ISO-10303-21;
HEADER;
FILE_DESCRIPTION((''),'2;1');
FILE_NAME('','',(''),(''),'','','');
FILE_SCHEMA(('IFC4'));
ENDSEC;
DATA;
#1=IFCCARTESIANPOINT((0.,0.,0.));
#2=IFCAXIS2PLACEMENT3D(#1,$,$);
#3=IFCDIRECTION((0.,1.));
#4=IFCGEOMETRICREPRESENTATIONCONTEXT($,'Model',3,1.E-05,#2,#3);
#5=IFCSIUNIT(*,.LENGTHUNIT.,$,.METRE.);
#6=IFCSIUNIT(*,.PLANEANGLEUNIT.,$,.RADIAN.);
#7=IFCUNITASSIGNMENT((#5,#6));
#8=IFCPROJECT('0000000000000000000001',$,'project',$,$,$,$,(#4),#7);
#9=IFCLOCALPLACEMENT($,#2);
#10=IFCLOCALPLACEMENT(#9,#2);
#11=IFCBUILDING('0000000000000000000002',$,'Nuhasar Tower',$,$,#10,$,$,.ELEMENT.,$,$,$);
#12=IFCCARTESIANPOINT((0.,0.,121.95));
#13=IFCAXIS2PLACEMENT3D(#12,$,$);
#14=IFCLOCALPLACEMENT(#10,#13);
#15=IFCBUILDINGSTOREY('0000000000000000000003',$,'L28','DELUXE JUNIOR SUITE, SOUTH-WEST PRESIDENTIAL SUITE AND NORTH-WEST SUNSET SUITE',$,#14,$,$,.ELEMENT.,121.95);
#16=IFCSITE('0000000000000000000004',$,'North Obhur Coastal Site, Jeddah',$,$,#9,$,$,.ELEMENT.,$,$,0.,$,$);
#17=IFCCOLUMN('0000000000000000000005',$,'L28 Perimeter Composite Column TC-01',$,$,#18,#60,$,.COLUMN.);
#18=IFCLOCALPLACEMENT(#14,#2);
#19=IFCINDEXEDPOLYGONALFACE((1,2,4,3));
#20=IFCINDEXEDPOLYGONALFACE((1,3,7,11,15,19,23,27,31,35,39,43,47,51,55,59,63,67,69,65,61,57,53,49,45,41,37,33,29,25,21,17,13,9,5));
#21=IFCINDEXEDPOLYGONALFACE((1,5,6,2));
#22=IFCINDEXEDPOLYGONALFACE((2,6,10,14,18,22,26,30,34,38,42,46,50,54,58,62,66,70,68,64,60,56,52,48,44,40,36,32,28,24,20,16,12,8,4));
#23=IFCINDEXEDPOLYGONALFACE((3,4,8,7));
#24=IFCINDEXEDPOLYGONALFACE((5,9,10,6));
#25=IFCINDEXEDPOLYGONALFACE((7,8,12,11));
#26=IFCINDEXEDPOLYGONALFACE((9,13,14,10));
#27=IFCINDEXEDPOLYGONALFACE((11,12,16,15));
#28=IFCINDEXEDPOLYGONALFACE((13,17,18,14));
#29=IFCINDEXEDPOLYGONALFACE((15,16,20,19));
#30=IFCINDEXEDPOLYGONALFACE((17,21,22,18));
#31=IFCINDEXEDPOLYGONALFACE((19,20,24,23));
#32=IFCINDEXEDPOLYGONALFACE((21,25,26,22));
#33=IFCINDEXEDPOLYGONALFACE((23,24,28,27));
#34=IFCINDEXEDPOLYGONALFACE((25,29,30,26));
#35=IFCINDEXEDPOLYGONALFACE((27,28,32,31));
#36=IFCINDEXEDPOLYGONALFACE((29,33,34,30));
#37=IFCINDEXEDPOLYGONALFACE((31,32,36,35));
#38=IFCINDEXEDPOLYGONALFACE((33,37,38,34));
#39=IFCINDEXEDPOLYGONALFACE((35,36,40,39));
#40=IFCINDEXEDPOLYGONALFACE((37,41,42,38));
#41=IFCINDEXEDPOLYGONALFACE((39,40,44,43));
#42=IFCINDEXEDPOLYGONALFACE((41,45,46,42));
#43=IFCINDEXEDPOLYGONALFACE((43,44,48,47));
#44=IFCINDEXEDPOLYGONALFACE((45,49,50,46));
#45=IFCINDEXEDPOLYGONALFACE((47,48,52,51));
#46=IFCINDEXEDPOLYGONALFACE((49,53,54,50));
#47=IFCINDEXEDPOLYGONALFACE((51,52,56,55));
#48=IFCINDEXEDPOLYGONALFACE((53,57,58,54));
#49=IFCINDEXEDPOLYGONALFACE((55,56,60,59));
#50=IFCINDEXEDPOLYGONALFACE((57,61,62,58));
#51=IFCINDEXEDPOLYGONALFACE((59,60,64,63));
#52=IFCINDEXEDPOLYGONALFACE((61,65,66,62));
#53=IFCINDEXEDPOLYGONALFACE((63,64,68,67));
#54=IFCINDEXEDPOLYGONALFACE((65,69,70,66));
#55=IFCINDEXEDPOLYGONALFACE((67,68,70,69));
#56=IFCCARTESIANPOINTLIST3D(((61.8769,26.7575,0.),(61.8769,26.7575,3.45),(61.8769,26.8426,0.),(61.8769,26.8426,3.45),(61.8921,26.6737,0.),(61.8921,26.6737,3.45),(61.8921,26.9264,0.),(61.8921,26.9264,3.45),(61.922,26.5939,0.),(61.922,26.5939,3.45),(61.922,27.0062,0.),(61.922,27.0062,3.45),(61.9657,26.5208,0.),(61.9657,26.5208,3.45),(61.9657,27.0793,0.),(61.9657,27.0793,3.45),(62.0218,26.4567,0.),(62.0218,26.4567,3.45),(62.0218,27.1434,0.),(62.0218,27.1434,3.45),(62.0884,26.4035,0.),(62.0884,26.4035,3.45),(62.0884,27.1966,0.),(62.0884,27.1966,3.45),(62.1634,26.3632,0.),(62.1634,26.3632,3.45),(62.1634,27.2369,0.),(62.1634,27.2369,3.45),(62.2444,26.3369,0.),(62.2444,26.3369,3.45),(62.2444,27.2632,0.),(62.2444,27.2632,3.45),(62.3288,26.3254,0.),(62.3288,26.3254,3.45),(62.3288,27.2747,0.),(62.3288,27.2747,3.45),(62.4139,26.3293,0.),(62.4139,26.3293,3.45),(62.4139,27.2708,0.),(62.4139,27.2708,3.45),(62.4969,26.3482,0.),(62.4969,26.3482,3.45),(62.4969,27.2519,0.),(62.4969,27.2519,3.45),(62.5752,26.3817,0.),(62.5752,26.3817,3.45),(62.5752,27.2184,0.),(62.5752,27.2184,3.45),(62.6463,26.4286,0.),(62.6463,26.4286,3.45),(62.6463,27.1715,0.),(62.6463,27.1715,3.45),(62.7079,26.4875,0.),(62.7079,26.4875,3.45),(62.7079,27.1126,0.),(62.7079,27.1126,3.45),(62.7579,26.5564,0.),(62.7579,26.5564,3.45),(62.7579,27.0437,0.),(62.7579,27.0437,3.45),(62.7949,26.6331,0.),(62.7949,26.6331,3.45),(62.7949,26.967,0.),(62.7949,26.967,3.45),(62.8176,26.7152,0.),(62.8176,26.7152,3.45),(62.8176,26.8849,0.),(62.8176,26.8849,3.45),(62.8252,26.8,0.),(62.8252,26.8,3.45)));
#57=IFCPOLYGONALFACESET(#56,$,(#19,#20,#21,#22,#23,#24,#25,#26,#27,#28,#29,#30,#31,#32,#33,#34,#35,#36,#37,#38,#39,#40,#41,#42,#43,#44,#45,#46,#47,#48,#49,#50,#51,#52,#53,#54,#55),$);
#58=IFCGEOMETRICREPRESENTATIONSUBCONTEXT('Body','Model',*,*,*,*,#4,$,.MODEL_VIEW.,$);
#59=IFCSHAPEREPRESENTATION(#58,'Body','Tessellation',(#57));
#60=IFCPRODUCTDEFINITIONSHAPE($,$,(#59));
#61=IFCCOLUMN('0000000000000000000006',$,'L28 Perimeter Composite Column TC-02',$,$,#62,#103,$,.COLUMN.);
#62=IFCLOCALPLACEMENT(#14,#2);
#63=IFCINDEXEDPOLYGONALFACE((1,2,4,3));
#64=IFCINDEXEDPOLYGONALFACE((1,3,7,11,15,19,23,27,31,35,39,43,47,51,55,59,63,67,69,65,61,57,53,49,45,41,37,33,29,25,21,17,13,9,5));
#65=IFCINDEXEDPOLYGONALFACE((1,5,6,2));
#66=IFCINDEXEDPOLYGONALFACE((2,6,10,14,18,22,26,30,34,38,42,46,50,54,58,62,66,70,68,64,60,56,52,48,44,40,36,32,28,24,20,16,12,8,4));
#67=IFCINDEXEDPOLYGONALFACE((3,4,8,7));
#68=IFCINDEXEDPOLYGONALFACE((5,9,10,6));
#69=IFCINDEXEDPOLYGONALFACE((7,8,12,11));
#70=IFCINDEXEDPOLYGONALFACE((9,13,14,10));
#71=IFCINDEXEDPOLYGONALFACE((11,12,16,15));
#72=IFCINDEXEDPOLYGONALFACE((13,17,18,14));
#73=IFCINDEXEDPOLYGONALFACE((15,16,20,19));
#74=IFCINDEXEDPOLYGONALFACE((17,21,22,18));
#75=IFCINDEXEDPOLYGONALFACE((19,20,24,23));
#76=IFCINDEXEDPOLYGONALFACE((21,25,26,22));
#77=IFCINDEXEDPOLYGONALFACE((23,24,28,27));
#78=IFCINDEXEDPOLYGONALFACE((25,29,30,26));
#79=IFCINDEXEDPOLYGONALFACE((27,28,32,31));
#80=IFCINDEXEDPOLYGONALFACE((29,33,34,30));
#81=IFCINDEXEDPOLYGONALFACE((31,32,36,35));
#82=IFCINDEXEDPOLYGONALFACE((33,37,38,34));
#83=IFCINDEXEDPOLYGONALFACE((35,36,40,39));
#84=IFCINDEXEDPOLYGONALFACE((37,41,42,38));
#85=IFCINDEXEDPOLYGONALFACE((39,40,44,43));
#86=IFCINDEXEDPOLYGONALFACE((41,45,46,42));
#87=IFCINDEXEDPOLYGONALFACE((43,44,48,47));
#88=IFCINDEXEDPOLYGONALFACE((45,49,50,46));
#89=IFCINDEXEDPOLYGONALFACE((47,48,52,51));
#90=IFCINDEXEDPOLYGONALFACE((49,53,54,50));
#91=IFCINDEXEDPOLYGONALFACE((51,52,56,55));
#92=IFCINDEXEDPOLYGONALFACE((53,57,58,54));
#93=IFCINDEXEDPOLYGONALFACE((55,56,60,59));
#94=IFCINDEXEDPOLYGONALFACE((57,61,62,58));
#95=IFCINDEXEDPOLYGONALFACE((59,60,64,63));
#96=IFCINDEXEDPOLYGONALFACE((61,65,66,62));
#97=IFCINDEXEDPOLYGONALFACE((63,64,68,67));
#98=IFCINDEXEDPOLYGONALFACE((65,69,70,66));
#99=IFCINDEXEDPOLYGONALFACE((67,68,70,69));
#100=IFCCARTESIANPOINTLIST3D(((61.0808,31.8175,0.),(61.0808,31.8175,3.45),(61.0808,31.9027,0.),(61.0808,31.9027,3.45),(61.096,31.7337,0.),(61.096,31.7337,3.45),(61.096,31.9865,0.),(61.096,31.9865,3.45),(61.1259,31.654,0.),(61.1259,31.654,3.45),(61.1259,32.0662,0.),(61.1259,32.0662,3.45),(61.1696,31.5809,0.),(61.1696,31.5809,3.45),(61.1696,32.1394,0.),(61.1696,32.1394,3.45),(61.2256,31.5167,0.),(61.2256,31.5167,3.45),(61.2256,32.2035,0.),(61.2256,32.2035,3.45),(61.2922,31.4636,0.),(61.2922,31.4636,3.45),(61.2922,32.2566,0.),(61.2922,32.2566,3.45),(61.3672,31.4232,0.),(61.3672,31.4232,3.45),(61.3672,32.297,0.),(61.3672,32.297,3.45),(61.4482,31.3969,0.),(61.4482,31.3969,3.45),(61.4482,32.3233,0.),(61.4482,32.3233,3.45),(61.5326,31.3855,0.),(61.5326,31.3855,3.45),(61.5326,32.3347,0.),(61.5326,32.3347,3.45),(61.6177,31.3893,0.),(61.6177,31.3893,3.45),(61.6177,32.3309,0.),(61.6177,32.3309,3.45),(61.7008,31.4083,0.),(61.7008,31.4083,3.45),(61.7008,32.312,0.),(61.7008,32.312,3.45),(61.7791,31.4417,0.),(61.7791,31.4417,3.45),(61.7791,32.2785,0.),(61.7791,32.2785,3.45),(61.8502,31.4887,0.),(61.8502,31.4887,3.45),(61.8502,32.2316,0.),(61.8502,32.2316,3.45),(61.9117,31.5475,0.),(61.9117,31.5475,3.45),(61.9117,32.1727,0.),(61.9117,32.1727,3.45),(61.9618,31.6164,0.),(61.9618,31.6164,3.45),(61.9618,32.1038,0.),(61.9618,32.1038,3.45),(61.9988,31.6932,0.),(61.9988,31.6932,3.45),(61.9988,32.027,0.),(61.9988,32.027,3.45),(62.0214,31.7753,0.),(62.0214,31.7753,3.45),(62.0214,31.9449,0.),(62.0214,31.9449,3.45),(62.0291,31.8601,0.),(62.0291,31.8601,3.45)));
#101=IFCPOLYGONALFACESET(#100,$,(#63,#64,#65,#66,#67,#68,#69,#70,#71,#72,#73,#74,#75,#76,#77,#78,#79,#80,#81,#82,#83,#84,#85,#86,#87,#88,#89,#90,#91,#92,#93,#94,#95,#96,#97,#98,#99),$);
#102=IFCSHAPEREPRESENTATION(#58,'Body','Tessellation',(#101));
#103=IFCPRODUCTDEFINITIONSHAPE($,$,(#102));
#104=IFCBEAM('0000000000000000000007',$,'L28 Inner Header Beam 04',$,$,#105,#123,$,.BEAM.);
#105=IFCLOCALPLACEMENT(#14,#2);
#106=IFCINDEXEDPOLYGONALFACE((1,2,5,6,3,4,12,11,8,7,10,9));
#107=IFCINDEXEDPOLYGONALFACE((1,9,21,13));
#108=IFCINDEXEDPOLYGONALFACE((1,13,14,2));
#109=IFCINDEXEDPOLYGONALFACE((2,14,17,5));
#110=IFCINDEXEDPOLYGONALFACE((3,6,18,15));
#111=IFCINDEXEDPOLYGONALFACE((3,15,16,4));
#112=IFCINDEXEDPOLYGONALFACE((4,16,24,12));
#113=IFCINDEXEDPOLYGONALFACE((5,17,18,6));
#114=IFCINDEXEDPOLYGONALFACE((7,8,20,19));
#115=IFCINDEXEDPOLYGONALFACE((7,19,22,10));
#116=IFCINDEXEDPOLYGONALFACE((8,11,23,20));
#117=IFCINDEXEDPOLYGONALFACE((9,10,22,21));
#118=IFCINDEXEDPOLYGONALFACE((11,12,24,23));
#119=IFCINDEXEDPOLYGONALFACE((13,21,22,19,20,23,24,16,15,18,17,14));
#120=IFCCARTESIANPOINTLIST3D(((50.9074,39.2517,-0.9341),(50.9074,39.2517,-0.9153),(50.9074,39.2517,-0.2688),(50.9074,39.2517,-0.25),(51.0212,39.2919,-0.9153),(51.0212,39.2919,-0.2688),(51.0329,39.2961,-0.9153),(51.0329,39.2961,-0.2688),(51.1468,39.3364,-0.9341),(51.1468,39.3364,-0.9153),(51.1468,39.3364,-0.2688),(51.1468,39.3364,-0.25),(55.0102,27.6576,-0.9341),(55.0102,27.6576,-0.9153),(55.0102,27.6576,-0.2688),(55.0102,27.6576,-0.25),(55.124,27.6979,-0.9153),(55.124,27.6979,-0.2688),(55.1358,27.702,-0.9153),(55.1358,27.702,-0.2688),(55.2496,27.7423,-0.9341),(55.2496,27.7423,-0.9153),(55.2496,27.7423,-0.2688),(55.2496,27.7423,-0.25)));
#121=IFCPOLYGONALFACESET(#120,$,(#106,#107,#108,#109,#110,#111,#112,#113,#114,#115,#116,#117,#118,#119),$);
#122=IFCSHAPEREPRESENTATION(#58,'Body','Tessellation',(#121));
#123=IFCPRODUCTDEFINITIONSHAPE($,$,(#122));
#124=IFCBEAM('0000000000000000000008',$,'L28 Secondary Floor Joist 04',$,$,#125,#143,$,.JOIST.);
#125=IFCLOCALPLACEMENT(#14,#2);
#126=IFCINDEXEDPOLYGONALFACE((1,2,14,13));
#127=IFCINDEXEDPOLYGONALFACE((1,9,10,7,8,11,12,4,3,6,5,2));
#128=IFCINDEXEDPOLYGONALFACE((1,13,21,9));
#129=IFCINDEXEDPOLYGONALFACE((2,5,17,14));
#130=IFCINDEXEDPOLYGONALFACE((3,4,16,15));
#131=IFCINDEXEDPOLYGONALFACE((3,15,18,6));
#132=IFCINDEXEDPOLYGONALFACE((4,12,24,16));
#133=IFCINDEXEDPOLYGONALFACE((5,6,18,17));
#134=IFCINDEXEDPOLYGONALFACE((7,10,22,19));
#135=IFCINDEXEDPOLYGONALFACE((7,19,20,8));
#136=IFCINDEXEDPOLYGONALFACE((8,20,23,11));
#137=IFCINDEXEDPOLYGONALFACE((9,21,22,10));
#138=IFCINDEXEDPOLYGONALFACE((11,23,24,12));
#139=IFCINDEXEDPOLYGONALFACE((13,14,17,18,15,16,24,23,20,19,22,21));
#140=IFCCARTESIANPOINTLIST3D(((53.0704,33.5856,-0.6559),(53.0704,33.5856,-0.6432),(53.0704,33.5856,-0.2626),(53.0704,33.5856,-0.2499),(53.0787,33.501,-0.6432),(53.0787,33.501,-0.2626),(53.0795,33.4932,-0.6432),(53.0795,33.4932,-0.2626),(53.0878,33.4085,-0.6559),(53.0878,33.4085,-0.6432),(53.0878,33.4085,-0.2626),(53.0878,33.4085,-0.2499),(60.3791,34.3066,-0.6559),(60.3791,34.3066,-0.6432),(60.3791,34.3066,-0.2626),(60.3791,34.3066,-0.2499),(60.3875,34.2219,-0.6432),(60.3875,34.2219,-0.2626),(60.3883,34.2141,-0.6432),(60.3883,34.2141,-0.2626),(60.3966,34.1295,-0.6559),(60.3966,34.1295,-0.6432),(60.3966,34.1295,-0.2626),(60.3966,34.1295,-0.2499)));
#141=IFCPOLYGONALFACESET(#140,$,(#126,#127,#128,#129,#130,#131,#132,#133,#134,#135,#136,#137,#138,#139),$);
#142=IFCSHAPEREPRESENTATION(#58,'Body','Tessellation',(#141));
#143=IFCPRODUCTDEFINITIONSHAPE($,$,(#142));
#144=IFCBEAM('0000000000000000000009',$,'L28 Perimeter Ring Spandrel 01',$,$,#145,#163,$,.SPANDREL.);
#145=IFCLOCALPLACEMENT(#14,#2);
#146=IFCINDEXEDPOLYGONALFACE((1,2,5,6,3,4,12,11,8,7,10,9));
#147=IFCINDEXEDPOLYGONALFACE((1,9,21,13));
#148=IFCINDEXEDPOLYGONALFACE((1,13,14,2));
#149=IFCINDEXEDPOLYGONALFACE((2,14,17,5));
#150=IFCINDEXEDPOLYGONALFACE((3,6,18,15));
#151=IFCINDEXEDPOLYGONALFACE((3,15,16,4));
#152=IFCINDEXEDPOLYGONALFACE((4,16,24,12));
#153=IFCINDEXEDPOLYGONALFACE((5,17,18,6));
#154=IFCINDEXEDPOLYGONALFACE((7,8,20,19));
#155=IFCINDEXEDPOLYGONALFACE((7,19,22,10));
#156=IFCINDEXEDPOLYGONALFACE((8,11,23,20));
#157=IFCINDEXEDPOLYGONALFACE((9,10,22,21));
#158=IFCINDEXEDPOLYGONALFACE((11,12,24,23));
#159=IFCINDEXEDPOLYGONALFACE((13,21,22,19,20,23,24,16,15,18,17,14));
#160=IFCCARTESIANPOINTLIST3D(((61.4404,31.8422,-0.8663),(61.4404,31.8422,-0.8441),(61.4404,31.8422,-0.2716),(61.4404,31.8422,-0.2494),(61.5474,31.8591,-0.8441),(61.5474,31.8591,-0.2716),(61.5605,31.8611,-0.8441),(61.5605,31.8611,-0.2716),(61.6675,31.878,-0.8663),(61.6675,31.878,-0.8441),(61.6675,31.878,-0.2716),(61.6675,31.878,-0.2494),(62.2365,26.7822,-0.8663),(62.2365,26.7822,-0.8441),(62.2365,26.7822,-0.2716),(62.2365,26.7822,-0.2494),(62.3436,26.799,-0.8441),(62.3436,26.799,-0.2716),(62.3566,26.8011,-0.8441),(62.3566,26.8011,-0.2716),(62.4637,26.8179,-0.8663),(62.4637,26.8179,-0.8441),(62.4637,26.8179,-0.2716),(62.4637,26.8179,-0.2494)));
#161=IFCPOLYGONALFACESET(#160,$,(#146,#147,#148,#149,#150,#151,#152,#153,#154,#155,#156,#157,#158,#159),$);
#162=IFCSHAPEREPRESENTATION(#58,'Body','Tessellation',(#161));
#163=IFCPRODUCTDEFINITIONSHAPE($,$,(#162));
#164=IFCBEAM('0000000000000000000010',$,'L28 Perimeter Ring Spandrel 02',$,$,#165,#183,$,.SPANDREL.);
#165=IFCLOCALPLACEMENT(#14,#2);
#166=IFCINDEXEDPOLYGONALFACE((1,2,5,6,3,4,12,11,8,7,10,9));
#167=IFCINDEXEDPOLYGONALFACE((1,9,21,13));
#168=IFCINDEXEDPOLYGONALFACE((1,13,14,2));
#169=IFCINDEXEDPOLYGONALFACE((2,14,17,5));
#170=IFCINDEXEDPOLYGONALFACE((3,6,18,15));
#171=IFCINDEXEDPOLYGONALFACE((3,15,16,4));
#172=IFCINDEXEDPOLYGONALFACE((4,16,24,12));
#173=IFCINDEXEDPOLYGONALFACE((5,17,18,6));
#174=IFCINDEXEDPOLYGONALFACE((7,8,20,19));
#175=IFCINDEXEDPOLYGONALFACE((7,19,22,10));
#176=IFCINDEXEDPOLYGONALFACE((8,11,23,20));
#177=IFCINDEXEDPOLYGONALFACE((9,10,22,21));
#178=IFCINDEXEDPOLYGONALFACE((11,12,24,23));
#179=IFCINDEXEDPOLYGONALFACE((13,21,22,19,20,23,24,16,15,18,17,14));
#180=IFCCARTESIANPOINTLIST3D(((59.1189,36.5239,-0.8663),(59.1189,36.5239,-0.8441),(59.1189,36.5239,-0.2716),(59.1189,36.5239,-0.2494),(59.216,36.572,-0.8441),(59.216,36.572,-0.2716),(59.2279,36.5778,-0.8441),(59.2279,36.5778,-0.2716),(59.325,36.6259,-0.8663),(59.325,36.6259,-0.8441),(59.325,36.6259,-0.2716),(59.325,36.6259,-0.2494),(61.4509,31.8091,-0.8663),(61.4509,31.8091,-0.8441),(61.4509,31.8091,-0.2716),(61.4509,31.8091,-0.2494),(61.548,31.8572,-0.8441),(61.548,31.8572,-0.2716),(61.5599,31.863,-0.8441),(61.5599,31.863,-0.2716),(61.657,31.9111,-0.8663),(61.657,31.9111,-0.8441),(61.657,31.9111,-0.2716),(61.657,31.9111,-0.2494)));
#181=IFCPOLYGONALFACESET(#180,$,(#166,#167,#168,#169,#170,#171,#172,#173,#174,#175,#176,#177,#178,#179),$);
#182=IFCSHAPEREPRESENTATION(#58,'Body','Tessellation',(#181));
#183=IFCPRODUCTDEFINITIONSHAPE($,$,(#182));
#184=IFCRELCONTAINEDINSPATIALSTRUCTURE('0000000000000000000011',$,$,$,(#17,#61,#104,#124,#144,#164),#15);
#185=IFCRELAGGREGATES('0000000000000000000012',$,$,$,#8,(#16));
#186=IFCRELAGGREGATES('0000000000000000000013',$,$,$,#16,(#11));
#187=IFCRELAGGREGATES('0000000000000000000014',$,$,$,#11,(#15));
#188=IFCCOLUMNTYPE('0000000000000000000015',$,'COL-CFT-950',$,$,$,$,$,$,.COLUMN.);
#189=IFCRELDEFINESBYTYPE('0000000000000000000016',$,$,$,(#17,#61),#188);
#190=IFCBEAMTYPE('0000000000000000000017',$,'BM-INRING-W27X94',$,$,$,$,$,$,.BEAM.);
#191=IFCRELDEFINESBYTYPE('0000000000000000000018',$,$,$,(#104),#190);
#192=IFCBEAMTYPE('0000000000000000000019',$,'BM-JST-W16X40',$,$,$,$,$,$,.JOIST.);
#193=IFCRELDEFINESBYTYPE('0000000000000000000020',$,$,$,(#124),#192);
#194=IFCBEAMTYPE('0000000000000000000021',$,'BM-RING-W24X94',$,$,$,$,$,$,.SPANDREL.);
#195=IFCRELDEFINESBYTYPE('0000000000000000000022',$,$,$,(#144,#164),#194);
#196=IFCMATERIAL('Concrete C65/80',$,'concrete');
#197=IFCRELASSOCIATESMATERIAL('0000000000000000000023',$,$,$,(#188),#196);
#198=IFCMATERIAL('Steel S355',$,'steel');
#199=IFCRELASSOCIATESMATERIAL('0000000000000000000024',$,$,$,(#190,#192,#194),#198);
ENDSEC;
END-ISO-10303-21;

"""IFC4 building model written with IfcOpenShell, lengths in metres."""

from ifc_helpers import new_model, si_unit, direction, frame, origin, origin_2d, place, context, subcontext, project, spatial, circle, i_section, extrude, material, material_profile, profile_set, type_object, element, save


model = new_model("IFC4")

# Units and contexts
model_context = context("Model", 3, precision=1e-05, world=origin(), true_north=direction((0.0, 1.0)))
body_context = subcontext(model_context, "Body", "Model", "MODEL_VIEW")
ifc_project = project(units=[si_unit("LENGTHUNIT", "METRE"), si_unit("PLANEANGLEUNIT", "RADIAN")], contexts=[model_context])

# Site, building, storey
site_placement = place(None, origin())
site = spatial("IfcSite", under=ifc_project, at=site_placement, Name="North Obhur Coastal Site, Jeddah", CompositionType="ELEMENT", RefElevation=0.0)
building_placement = place(site_placement, origin())
building = spatial("IfcBuilding", under=site, at=building_placement, Name="Nuhasar Tower", CompositionType="ELEMENT")
storey_placement = place(building_placement, frame((0.0, 0.0, 121.95)))
storey = spatial("IfcBuildingStorey", under=building, at=storey_placement, Name="L28", Description="DELUXE JUNIOR SUITE, SOUTH-WEST PRESIDENTIAL SUITE AND NORTH-WEST SUNSET SUITE", CompositionType="ELEMENT", Elevation=121.95)

# Columns
ifc_material_1 = material(Name="Concrete C65/80", Category="concrete")
ifc_material_profile_1 = material_profile(ifc_material_1, circle(Radius=0.4751, at=origin_2d()), Name="CFT950")
ifc_profile_set_1 = profile_set([ifc_material_profile_1], Name="Concrete C65/80")
column_type = type_object("IfcColumnType", Name="COL-CFT-950", PredefinedType="COLUMN", material=ifc_profile_set_1)
for number, where, z_axis, x_axis, name in (
    (1, (62.3501, 26.8, 0.0), (0.0, 0.0, 1.0), (1.0, 0.0, 0.0), "L28 Perimeter Composite Column TC-01"),
    (2, (61.554, 31.8601, 0.0), (0.0, 0.0, 1.0), (1.0, 0.0, 0.0), "L28 Perimeter Composite Column TC-02"),
):
    element("IfcColumn", number, at=place(storey_placement, frame(where, z_axis=z_axis, x_axis=x_axis)), inside=storey, type_object=column_type, Name=name, PredefinedType="COLUMN", context=body_context, shape_type="SweptSolid", body=[
        extrude(circle(Radius=0.4751, at=origin_2d()), origin(), (0.0, 0.0, 1.0), 3.45),
    ])

# Beams
ifc_material_2 = material(Name="Steel S355", Category="steel")
ifc_material_profile_2 = material_profile(ifc_material_2, i_section(OverallWidth=0.2539, OverallDepth=0.6841, WebThickness=0.0125, FlangeThickness=0.0188, at=origin_2d()), Name="W27X94")
ifc_profile_set_2 = profile_set([ifc_material_profile_2], Name="Steel S355")
beam_type_1 = type_object("IfcBeamType", Name="BM-INRING-W27X94", PredefinedType="BEAM", material=ifc_profile_set_2)
beam_1_placement = place(storey_placement, frame((55.1299, 27.7, -0.592), z_axis=(-0.3336, 0.942715, 0.0), x_axis=(-0.942715, -0.3336, 0.0)))
element("IfcBeam", 3, at=beam_1_placement, inside=storey, type_object=beam_type_1, Name="L28 Inner Header Beam 04", PredefinedType="BEAM", context=body_context, shape_type="SweptSolid", body=[
    extrude(i_section(OverallWidth=0.2539, OverallDepth=0.6841, WebThickness=0.0125, FlangeThickness=0.0188, at=origin_2d()), origin(), (0.0, 0.0, 1.0), 12.2986),
])
ifc_material_profile_3 = material_profile(ifc_material_2, i_section(OverallWidth=0.178, OverallDepth=0.406, WebThickness=0.0078, FlangeThickness=0.0127, at=origin_2d()), Name="W16X40")
ifc_profile_set_3 = profile_set([ifc_material_profile_3], Name="Steel S355")
beam_type_2 = type_object("IfcBeamType", Name="BM-JST-W16X40", PredefinedType="JOIST", material=ifc_profile_set_3)
beam_2_placement = place(storey_placement, frame((53.0791, 33.4971, -0.4529), z_axis=(0.99517, 0.098164, 0.0), x_axis=(-0.098164, 0.99517, 0.0)))
element("IfcBeam", 4, at=beam_2_placement, inside=storey, type_object=beam_type_2, Name="L28 Secondary Floor Joist 04", PredefinedType="JOIST", context=body_context, shape_type="SweptSolid", body=[
    extrude(i_section(OverallWidth=0.178, OverallDepth=0.406, WebThickness=0.0078, FlangeThickness=0.0127, at=origin_2d()), origin(), (0.0, 0.0, 1.0), 7.3442),
])
ifc_material_profile_4 = material_profile(ifc_material_2, i_section(OverallWidth=0.23, OverallDepth=0.6169, WebThickness=0.0132, FlangeThickness=0.0222, at=origin_2d()), Name="W24X94")
ifc_profile_set_4 = profile_set([ifc_material_profile_4], Name="Steel S355")
beam_type_3 = type_object("IfcBeamType", Name="BM-RING-W24X94", PredefinedType="SPANDREL", material=ifc_profile_set_4)
beam_3_placement = place(storey_placement, frame((62.3501, 26.8, -0.5579), z_axis=(-0.155427, 0.987847, 0.0), x_axis=(-0.987847, -0.155427, 0.0)))
element("IfcBeam", 5, at=beam_3_placement, inside=storey, type_object=beam_type_3, Name="L28 Perimeter Ring Spandrel 01", PredefinedType="SPANDREL", context=body_context, shape_type="SweptSolid", body=[
    extrude(i_section(OverallWidth=0.23, OverallDepth=0.6169, WebThickness=0.0132, FlangeThickness=0.0222, at=origin_2d()), origin(), (0.0, 0.0, 1.0), 5.1223),
])
beam_4_placement = place(storey_placement, frame((61.554, 31.8601, -0.5579), z_axis=(-0.443348, 0.89635, 0.0), x_axis=(-0.89635, -0.443348, 0.0)))
element("IfcBeam", 6, at=beam_4_placement, inside=storey, type_object=beam_type_3, Name="L28 Perimeter Ring Spandrel 02", PredefinedType="SPANDREL", context=body_context, shape_type="SweptSolid", body=[
    extrude(i_section(OverallWidth=0.23, OverallDepth=0.6169, WebThickness=0.0132, FlangeThickness=0.0222, at=origin_2d()), origin(), (0.0, 0.0, 1.0), 5.26),
])

save(model, "model.ifc")
